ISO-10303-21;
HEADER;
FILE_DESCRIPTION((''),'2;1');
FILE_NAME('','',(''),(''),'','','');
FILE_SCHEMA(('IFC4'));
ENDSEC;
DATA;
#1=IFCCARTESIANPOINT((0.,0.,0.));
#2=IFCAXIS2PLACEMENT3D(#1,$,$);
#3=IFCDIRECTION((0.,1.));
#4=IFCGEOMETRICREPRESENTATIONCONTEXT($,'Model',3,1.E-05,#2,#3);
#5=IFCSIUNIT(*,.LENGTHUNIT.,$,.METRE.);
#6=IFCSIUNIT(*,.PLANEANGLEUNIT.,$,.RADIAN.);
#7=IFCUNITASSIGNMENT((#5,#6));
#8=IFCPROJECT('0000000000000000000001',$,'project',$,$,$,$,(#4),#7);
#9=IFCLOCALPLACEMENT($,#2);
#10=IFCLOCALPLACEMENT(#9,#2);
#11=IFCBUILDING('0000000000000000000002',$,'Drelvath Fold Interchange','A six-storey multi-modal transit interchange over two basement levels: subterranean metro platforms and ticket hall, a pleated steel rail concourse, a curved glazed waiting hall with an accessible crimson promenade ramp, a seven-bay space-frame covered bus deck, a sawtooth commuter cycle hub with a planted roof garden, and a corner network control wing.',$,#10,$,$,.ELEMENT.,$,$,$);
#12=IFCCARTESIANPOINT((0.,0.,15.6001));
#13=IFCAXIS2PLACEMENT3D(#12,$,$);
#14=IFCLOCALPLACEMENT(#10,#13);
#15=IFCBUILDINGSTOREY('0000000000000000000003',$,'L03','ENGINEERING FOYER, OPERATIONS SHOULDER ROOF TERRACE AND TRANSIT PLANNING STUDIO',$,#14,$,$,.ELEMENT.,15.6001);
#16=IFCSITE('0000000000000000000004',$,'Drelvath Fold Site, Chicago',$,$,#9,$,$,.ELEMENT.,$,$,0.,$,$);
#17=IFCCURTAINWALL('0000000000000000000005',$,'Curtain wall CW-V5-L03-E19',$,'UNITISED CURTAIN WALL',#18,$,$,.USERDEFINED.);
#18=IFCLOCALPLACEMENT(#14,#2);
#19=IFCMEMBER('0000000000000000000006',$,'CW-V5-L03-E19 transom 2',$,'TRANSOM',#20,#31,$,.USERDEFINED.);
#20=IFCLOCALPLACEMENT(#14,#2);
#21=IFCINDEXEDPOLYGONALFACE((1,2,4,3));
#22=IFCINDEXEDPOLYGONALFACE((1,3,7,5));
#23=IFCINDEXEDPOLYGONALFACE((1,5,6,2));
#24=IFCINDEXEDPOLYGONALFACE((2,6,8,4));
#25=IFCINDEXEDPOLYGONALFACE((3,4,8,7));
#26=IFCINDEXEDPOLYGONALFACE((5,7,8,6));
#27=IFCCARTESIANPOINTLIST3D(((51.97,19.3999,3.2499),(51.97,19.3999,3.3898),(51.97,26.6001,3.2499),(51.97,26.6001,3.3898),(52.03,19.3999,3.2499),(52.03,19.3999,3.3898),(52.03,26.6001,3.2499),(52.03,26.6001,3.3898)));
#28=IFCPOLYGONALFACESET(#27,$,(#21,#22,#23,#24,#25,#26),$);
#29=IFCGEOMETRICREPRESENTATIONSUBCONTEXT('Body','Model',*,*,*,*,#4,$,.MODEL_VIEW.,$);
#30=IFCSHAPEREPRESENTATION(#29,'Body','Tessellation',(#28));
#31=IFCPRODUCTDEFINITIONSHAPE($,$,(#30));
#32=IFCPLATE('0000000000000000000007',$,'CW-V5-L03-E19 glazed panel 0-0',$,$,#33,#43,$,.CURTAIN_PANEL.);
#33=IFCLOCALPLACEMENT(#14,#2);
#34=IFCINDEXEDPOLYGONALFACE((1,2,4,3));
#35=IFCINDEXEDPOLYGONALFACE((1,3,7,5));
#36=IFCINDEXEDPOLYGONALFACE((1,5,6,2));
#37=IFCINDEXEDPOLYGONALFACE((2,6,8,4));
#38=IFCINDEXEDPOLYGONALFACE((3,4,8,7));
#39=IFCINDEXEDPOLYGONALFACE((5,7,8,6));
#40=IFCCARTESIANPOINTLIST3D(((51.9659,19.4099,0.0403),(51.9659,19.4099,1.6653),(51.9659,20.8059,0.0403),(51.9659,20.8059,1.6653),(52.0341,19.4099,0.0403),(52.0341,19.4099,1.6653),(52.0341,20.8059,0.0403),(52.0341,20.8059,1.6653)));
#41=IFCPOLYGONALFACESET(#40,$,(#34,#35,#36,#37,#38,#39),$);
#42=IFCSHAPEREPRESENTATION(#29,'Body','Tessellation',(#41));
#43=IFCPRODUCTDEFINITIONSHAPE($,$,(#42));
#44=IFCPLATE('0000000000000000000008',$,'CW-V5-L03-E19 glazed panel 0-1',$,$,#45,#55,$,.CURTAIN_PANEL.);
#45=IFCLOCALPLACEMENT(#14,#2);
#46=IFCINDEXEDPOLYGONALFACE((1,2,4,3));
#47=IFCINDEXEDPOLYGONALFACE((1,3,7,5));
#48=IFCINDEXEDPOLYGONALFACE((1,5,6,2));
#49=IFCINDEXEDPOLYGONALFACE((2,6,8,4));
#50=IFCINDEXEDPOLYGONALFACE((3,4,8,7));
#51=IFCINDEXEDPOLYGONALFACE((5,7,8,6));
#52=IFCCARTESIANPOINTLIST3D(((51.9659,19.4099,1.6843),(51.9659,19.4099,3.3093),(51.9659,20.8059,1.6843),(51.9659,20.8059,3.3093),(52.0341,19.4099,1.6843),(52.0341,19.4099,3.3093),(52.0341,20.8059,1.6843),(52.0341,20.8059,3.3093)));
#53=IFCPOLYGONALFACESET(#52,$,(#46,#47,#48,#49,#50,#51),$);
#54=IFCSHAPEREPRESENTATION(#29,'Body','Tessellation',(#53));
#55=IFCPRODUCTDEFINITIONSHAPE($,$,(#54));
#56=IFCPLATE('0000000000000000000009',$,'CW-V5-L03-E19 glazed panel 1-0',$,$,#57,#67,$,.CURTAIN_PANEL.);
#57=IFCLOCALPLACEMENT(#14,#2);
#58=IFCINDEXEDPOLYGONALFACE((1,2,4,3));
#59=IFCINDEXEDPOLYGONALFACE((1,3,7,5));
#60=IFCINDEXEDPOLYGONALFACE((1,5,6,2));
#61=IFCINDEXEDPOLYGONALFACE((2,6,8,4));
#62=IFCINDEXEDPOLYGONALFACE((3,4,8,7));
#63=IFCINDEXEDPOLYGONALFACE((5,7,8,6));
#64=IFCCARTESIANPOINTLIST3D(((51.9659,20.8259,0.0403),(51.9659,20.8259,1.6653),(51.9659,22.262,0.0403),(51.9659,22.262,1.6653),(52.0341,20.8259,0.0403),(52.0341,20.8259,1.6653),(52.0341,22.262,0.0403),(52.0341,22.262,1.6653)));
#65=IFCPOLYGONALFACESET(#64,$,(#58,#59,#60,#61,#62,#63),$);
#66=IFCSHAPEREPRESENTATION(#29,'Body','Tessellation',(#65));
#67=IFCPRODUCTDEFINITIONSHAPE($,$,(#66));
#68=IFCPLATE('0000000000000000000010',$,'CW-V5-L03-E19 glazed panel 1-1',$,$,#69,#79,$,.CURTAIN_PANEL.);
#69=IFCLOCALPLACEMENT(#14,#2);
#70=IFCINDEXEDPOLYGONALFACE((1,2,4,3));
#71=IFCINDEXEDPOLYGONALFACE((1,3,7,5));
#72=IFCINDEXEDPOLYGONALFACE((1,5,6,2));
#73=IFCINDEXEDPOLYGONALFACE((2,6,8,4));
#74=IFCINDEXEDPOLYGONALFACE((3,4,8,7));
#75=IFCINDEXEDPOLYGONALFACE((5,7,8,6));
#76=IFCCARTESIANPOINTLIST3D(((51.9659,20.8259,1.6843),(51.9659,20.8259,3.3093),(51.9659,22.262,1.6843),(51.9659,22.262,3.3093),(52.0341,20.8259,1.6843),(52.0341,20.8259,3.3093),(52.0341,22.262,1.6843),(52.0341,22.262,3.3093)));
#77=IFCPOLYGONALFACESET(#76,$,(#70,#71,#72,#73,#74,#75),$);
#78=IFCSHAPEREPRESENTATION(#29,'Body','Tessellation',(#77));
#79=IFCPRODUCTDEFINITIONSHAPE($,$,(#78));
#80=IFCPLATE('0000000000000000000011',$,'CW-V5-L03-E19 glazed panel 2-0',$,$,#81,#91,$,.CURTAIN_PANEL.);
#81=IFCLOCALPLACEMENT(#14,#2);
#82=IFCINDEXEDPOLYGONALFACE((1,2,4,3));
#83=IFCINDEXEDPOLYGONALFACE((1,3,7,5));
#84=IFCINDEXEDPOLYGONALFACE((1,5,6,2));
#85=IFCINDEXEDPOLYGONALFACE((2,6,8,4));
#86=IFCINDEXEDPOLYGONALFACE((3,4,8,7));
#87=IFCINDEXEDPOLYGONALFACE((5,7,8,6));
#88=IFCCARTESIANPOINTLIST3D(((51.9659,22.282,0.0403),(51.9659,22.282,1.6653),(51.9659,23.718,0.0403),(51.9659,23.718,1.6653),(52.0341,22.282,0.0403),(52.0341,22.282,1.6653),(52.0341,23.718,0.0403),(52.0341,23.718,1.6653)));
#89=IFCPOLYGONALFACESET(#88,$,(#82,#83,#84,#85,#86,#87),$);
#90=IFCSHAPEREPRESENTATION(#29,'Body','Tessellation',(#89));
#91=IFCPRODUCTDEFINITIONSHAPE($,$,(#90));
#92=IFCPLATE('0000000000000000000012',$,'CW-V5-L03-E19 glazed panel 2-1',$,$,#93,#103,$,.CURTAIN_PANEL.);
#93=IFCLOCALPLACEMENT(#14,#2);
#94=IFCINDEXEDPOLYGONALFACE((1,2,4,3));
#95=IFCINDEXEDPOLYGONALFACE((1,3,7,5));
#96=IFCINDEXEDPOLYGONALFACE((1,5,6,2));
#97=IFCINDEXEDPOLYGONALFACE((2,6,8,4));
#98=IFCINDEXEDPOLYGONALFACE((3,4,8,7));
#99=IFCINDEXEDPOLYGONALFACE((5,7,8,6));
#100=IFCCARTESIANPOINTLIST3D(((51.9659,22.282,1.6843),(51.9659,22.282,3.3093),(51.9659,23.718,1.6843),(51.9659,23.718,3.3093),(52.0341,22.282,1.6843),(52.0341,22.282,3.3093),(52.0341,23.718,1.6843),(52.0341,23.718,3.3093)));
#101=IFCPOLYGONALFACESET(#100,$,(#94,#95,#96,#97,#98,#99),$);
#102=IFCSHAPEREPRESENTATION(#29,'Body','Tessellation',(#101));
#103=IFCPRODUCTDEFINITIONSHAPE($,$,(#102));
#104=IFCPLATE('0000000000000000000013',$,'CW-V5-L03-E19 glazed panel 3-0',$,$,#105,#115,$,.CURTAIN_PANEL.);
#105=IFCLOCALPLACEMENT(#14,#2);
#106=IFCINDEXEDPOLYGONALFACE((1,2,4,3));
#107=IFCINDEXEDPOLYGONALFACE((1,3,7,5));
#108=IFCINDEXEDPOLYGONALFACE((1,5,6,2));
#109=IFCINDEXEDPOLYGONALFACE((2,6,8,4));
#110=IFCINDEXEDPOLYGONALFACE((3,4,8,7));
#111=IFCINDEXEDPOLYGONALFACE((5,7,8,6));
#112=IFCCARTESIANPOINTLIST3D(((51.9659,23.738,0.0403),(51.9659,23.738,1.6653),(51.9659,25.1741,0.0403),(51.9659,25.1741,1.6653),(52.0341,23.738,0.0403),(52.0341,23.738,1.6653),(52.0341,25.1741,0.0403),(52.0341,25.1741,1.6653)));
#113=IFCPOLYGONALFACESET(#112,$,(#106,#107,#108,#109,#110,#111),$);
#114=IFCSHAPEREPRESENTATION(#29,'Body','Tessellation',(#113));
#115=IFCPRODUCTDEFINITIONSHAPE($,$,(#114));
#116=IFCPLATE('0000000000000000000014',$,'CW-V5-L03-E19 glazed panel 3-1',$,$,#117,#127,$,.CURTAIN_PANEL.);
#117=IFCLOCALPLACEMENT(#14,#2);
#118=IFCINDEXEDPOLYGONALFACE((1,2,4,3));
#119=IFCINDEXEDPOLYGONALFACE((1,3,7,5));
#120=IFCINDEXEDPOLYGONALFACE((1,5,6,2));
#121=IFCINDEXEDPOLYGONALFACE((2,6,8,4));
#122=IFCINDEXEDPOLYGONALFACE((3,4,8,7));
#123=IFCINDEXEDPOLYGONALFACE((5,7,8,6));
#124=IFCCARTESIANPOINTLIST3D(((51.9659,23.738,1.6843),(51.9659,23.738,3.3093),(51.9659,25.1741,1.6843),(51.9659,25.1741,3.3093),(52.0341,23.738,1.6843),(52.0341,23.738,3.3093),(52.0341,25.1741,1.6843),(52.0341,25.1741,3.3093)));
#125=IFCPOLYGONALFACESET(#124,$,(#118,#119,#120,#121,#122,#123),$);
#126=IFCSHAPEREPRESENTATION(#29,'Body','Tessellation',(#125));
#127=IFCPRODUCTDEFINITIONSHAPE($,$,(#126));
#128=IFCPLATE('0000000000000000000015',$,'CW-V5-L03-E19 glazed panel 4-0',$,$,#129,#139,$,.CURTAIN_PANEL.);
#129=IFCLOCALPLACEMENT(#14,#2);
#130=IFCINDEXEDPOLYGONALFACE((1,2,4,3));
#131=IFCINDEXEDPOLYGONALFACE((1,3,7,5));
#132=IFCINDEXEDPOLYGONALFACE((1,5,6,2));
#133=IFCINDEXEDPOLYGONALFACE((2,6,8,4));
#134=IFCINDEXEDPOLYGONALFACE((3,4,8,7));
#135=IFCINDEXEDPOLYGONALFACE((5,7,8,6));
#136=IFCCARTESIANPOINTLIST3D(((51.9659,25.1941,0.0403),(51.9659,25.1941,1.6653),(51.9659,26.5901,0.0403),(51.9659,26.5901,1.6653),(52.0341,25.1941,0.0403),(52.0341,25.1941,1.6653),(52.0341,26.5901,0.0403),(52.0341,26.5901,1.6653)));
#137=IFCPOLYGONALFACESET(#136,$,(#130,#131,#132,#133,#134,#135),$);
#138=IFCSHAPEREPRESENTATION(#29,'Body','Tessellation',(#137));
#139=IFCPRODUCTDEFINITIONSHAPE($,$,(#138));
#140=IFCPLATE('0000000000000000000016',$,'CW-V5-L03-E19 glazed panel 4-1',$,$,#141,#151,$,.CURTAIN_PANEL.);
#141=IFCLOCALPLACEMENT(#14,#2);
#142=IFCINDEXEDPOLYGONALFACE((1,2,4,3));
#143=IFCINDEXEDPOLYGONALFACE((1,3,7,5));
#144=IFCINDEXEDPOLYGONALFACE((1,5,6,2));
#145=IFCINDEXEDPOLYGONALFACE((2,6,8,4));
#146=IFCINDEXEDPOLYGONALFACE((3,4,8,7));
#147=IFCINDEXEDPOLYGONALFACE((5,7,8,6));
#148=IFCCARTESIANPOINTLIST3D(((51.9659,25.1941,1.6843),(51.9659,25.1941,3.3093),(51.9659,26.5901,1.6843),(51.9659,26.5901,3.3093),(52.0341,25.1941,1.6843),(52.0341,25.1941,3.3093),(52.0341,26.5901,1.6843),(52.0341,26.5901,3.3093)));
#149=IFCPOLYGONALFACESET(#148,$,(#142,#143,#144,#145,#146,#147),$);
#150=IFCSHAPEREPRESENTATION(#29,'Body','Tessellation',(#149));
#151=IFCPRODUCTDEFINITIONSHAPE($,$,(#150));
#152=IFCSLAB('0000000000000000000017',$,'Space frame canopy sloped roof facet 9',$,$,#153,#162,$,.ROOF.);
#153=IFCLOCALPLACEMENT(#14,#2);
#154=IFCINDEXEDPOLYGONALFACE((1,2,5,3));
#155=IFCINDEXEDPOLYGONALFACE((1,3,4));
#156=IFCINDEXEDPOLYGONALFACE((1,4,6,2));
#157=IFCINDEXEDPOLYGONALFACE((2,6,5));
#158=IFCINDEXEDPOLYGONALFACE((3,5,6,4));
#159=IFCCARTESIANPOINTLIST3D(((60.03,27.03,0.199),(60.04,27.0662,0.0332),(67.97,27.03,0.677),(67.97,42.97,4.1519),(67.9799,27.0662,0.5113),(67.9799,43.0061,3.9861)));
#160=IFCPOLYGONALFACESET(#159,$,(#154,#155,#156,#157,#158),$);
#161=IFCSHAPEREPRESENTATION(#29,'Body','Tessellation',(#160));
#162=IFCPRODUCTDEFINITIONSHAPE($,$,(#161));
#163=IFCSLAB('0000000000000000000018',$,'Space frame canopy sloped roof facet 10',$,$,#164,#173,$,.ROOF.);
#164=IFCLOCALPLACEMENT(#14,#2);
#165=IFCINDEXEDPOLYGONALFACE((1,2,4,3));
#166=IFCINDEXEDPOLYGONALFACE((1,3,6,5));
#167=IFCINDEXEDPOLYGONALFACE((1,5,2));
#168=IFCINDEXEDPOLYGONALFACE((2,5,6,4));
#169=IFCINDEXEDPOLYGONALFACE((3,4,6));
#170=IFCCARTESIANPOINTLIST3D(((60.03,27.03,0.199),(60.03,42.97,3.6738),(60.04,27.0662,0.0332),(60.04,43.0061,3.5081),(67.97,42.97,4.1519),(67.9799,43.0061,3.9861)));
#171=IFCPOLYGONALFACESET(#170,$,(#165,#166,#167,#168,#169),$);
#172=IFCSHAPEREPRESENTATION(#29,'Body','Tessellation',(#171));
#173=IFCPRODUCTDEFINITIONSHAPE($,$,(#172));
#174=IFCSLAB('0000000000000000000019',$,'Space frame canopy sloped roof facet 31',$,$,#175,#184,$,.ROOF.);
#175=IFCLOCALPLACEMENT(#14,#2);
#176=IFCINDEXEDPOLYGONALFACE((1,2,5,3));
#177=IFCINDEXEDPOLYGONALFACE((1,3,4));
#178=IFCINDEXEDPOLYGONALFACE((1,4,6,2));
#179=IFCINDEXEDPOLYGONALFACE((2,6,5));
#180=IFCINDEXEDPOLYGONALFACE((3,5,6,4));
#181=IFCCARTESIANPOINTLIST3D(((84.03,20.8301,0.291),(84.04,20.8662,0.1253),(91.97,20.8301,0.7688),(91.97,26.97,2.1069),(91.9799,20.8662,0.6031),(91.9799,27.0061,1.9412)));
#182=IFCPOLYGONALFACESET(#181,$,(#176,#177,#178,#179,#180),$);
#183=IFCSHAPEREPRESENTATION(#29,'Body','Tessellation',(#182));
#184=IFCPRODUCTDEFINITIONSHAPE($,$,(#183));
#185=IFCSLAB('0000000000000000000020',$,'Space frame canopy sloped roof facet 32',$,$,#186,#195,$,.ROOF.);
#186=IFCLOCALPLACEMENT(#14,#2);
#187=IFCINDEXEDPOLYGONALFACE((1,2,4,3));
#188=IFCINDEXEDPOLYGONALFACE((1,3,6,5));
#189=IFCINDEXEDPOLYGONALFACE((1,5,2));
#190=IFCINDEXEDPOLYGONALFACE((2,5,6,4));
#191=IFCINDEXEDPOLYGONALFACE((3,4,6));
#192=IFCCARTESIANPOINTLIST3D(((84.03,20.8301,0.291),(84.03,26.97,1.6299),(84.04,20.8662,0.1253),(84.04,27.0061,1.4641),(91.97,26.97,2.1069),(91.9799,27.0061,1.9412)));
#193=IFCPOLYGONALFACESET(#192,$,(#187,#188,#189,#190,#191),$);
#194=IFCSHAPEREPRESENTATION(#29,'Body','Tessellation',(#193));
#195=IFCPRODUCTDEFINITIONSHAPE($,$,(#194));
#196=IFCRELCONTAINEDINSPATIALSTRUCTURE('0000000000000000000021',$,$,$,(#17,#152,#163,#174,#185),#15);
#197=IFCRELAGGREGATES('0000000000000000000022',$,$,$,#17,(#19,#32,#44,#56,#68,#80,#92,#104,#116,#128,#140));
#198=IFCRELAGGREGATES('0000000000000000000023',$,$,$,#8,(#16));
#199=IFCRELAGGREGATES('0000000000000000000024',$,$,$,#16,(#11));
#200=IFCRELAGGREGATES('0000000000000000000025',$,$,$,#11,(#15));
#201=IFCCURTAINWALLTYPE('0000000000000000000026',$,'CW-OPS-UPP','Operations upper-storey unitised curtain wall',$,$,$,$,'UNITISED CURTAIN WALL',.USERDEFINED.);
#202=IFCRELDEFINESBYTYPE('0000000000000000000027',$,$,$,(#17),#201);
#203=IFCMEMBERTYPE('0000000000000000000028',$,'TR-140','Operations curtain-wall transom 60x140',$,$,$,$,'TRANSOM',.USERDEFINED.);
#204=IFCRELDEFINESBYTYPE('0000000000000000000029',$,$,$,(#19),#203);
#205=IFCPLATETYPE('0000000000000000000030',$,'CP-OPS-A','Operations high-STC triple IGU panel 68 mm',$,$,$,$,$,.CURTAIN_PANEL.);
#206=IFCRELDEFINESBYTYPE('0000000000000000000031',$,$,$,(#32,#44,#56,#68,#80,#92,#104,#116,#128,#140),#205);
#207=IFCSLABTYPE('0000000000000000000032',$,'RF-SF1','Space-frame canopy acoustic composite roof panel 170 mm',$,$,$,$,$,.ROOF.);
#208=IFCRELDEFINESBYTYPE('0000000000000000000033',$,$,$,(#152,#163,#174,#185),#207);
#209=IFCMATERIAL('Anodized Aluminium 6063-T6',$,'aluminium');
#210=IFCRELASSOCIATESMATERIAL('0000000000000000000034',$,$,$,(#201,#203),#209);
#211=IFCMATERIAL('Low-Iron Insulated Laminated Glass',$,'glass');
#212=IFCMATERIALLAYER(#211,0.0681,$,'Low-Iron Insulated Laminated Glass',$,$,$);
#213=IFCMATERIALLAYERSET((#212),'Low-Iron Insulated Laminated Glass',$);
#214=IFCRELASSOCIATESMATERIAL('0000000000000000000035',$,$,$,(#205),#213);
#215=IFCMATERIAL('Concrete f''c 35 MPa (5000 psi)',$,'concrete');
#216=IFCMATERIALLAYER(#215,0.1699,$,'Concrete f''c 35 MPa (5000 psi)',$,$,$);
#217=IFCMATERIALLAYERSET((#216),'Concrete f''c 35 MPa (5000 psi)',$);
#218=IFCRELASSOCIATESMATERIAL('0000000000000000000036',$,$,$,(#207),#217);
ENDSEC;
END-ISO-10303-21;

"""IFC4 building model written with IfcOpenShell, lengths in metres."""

from ifc_helpers import new_model, si_unit, direction, frame, origin, origin_2d, place, context, subcontext, project, spatial, polyline, rectangle, outline, extrude, material, layer, layer_set, material_profile, profile_set, type_object, element, aggregate, save


model = new_model("IFC4")

# Units and contexts
model_context = context("Model", 3, precision=1e-05, world=origin(), true_north=direction((0.0, 1.0)))
body_context = subcontext(model_context, "Body", "Model", "MODEL_VIEW")
ifc_project = project(units=[si_unit("LENGTHUNIT", "METRE"), si_unit("PLANEANGLEUNIT", "RADIAN")], contexts=[model_context])

# Site, building, storey
site_placement = place(None, origin())
site = spatial("IfcSite", under=ifc_project, at=site_placement, Name="Drelvath Fold Site, Chicago", CompositionType="ELEMENT", RefElevation=0.0)
building_placement = place(site_placement, origin())
building = spatial("IfcBuilding", under=site, at=building_placement, Name="Drelvath Fold Interchange", Description="A six-storey multi-modal transit interchange over two basement levels: subterranean metro platforms and ticket hall, a pleated steel rail concourse, a curved glazed waiting hall with an accessible crimson promenade ramp, a seven-bay space-frame covered bus deck, a sawtooth commuter cycle hub with a planted roof garden, and a corner network control wing.", CompositionType="ELEMENT")
storey_placement = place(building_placement, frame((0.0, 0.0, 15.6001)))
storey = spatial("IfcBuildingStorey", under=building, at=storey_placement, Name="L03", Description="ENGINEERING FOYER, OPERATIONS SHOULDER ROOF TERRACE AND TRANSIT PLANNING STUDIO", CompositionType="ELEMENT", Elevation=15.6001)

# Curtain wall
ifc_material_1 = material(Name="Anodized Aluminium 6063-T6", Category="aluminium")
curtain_wall_type = type_object("IfcCurtainWallType", Name="CW-OPS-UPP", Description="Operations upper-storey unitised curtain wall", ElementType="UNITISED CURTAIN WALL", PredefinedType="USERDEFINED", material=ifc_material_1)
curtain_wall_placement = place(storey_placement, origin())
curtain_wall = element("IfcCurtainWall", 1, at=curtain_wall_placement, inside=storey, type_object=curtain_wall_type, Name="Curtain wall CW-V5-L03-E19", ObjectType="UNITISED CURTAIN WALL", PredefinedType="USERDEFINED")

# Member
ifc_material_profile_1 = material_profile(ifc_material_1, rectangle(XDim=0.0601, YDim=0.1399, at=origin_2d()), Name="AL-T 60x140")
ifc_profile_set_1 = profile_set([ifc_material_profile_1], Name="Anodized Aluminium 6063-T6")
member_type_1 = type_object("IfcMemberType", Name="TR-140", Description="Operations curtain-wall transom 60x140", ElementType="TRANSOM", PredefinedType="USERDEFINED", material=ifc_profile_set_1)
member_1_placement = place(storey_placement, frame((52.0, 19.3999, 3.3198), z_axis=(0.0, 1.0, 0.0), x_axis=(-1.0, 0.0, 0.0)))
member_1 = element("IfcMember", 2, at=member_1_placement, type_object=member_type_1, Name="CW-V5-L03-E19 transom 2", ObjectType="TRANSOM", PredefinedType="USERDEFINED", context=body_context, shape_type="SweptSolid", body=[
    extrude(rectangle(XDim=0.0601, YDim=0.1399, at=origin_2d()), origin(), (0.0, 0.0, 1.0), 7.2002),
])

# Plates
ifc_material_2 = material(Name="Low-Iron Insulated Laminated Glass", Category="glass")
ifc_layer_1 = layer(ifc_material_2, 0.0681, Name="Low-Iron Insulated Laminated Glass")
ifc_layer_set_1 = layer_set([ifc_layer_1], Name="Low-Iron Insulated Laminated Glass")
plate_type_1 = type_object("IfcPlateType", Name="CP-OPS-A", Description="Operations high-STC triple IGU panel 68 mm", PredefinedType="CURTAIN_PANEL", material=ifc_layer_set_1)
plate_1_placement = place(storey_placement, frame((52.0, 20.1079, 0.0403), z_axis=(0.0, 0.0, 1.0), x_axis=(0.0, 1.0, 0.0)))
plate_1 = element("IfcPlate", 3, at=plate_1_placement, type_object=plate_type_1, Name="CW-V5-L03-E19 glazed panel 0-0", PredefinedType="CURTAIN_PANEL", context=body_context, shape_type="SweptSolid", body=[
    extrude(rectangle(XDim=1.396, YDim=0.0681, at=origin_2d()), origin(), (0.0, 0.0, 1.0), 1.625),
])
plate_2_placement = place(storey_placement, frame((52.0, 20.1079, 1.6843), z_axis=(0.0, 0.0, 1.0), x_axis=(0.0, 1.0, 0.0)))
plate_2 = element("IfcPlate", 4, at=plate_2_placement, type_object=plate_type_1, Name="CW-V5-L03-E19 glazed panel 0-1", PredefinedType="CURTAIN_PANEL", context=body_context, shape_type="SweptSolid", body=[
    extrude(rectangle(XDim=1.396, YDim=0.0681, at=origin_2d()), origin(), (0.0, 0.0, 1.0), 1.625),
])
plate_3_placement = place(storey_placement, frame((52.0, 21.5439, 0.0403), z_axis=(0.0, 0.0, 1.0), x_axis=(0.0, 1.0, 0.0)))
plate_3 = element("IfcPlate", 5, at=plate_3_placement, type_object=plate_type_1, Name="CW-V5-L03-E19 glazed panel 1-0", PredefinedType="CURTAIN_PANEL", context=body_context, shape_type="SweptSolid", body=[
    extrude(rectangle(XDim=1.436, YDim=0.0681, at=origin_2d()), origin(), (0.0, 0.0, 1.0), 1.625),
])
plate_4_placement = place(storey_placement, frame((52.0, 21.5439, 1.6843), z_axis=(0.0, 0.0, 1.0), x_axis=(0.0, 1.0, 0.0)))
plate_4 = element("IfcPlate", 6, at=plate_4_placement, type_object=plate_type_1, Name="CW-V5-L03-E19 glazed panel 1-1", PredefinedType="CURTAIN_PANEL", context=body_context, shape_type="SweptSolid", body=[
    extrude(rectangle(XDim=1.436, YDim=0.0681, at=origin_2d()), origin(), (0.0, 0.0, 1.0), 1.625),
])
plate_5_placement = place(storey_placement, frame((52.0, 23.0, 0.0403), z_axis=(0.0, 0.0, 1.0), x_axis=(0.0, 1.0, 0.0)))
plate_5 = element("IfcPlate", 7, at=plate_5_placement, type_object=plate_type_1, Name="CW-V5-L03-E19 glazed panel 2-0", PredefinedType="CURTAIN_PANEL", context=body_context, shape_type="SweptSolid", body=[
    extrude(rectangle(XDim=1.436, YDim=0.0681, at=origin_2d()), origin(), (0.0, 0.0, 1.0), 1.625),
])
plate_6_placement = place(storey_placement, frame((52.0, 23.0, 1.6843), z_axis=(0.0, 0.0, 1.0), x_axis=(0.0, 1.0, 0.0)))
plate_6 = element("IfcPlate", 8, at=plate_6_placement, type_object=plate_type_1, Name="CW-V5-L03-E19 glazed panel 2-1", PredefinedType="CURTAIN_PANEL", context=body_context, shape_type="SweptSolid", body=[
    extrude(rectangle(XDim=1.436, YDim=0.0681, at=origin_2d()), origin(), (0.0, 0.0, 1.0), 1.625),
])
plate_7_placement = place(storey_placement, frame((52.0, 24.4561, 0.0403), z_axis=(0.0, 0.0, 1.0), x_axis=(0.0, 1.0, 0.0)))
plate_7 = element("IfcPlate", 9, at=plate_7_placement, type_object=plate_type_1, Name="CW-V5-L03-E19 glazed panel 3-0", PredefinedType="CURTAIN_PANEL", context=body_context, shape_type="SweptSolid", body=[
    extrude(rectangle(XDim=1.436, YDim=0.0681, at=origin_2d()), origin(), (0.0, 0.0, 1.0), 1.625),
])
plate_8_placement = place(storey_placement, frame((52.0, 24.4561, 1.6843), z_axis=(0.0, 0.0, 1.0), x_axis=(0.0, 1.0, 0.0)))
plate_8 = element("IfcPlate", 10, at=plate_8_placement, type_object=plate_type_1, Name="CW-V5-L03-E19 glazed panel 3-1", PredefinedType="CURTAIN_PANEL", context=body_context, shape_type="SweptSolid", body=[
    extrude(rectangle(XDim=1.436, YDim=0.0681, at=origin_2d()), origin(), (0.0, 0.0, 1.0), 1.625),
])
plate_9_placement = place(storey_placement, frame((52.0, 25.8921, 0.0403), z_axis=(0.0, 0.0, 1.0), x_axis=(0.0, 1.0, 0.0)))
plate_9 = element("IfcPlate", 11, at=plate_9_placement, type_object=plate_type_1, Name="CW-V5-L03-E19 glazed panel 4-0", PredefinedType="CURTAIN_PANEL", context=body_context, shape_type="SweptSolid", body=[
    extrude(rectangle(XDim=1.396, YDim=0.0681, at=origin_2d()), origin(), (0.0, 0.0, 1.0), 1.625),
])
plate_10_placement = place(storey_placement, frame((52.0, 25.8921, 1.6843), z_axis=(0.0, 0.0, 1.0), x_axis=(0.0, 1.0, 0.0)))
plate_10 = element("IfcPlate", 12, at=plate_10_placement, type_object=plate_type_1, Name="CW-V5-L03-E19 glazed panel 4-1", PredefinedType="CURTAIN_PANEL", context=body_context, shape_type="SweptSolid", body=[
    extrude(rectangle(XDim=1.396, YDim=0.0681, at=origin_2d()), origin(), (0.0, 0.0, 1.0), 1.625),
])
aggregate(curtain_wall, [member_1, plate_1, plate_2, plate_3, plate_4, plate_5, plate_6, plate_7, plate_8, plate_9, plate_10])

# Slabs
ifc_material_3 = material(Name="Concrete f'c 35 MPa (5000 psi)", Category="concrete")
ifc_layer_2 = layer(ifc_material_3, 0.1699, Name="Concrete f'c 35 MPa (5000 psi)")
ifc_layer_set_2 = layer_set([ifc_layer_2], Name="Concrete f'c 35 MPa (5000 psi)")
slab_type = type_object("IfcSlabType", Name="RF-SF1", Description="Space-frame canopy acoustic composite roof panel 170 mm", PredefinedType="ROOF", material=ifc_layer_set_2)
slab_1_placement = place(storey_placement, frame((60.03, 27.03, 0.199), z_axis=(-0.058722, -0.212627, 0.975367), x_axis=(0.998193, 0.0, 0.060097)))
element("IfcSlab", 13, at=slab_1_placement, inside=storey, type_object=slab_type, Name="Space frame canopy sloped roof facet 9", PredefinedType="ROOF", context=body_context, shape_type="SweptSolid", body=[
    extrude(outline(polyline([(0.0, 0.0), (7.9543, 0.0), (8.1631, 16.313), (0.0, 0.0)])), origin(), (0.0, 0.0, -1.0), 0.1699),
])
slab_2_placement = place(storey_placement, frame((60.03, 27.03, 0.199), z_axis=(-0.058722, -0.212627, 0.975367), x_axis=(0.43527, 0.873832, 0.216698)))
element("IfcSlab", 14, at=slab_2_placement, inside=storey, type_object=slab_type, Name="Space frame canopy sloped roof facet 10", PredefinedType="ROOF", context=body_context, shape_type="SweptSolid", body=[
    extrude(outline(polyline([(0.0, 0.0), (18.2414, 0.0), (14.6818, 7.1134), (0.0, 0.0)])), origin(), (0.0, 0.0, -1.0), 0.1699),
])
slab_3_placement = place(storey_placement, frame((84.03, 20.8301, 0.291), z_axis=(-0.058693, -0.212575, 0.97538), x_axis=(0.998194, 0.0, 0.060066)))
element("IfcSlab", 15, at=slab_3_placement, inside=storey, type_object=slab_type, Name="Space frame canopy sloped roof facet 31", PredefinedType="ROOF", context=body_context, shape_type="SweptSolid", body=[
    extrude(outline(polyline([(0.0, 0.0), (7.9543, 0.0), (8.0347, 6.2835), (0.0, 0.0)])), origin(), (0.0, 0.0, -1.0), 0.1699),
])
slab_4_placement = place(storey_placement, frame((84.03, 20.8301, 0.291), z_axis=(-0.058602, -0.212688, 0.975361), x_axis=(0.778431, 0.601955, 0.178032)))
element("IfcSlab", 16, at=slab_4_placement, inside=storey, type_object=slab_type, Name="Space frame canopy sloped roof facet 32", PredefinedType="ROOF", context=body_context, shape_type="SweptSolid", body=[
    extrude(outline(polyline([(0.0, 0.0), (10.1999, 0.0), (3.9343, 4.9002), (0.0, 0.0)])), origin(), (0.0, 0.0, -1.0), 0.1699),
])

save(model, "model.ifc")
